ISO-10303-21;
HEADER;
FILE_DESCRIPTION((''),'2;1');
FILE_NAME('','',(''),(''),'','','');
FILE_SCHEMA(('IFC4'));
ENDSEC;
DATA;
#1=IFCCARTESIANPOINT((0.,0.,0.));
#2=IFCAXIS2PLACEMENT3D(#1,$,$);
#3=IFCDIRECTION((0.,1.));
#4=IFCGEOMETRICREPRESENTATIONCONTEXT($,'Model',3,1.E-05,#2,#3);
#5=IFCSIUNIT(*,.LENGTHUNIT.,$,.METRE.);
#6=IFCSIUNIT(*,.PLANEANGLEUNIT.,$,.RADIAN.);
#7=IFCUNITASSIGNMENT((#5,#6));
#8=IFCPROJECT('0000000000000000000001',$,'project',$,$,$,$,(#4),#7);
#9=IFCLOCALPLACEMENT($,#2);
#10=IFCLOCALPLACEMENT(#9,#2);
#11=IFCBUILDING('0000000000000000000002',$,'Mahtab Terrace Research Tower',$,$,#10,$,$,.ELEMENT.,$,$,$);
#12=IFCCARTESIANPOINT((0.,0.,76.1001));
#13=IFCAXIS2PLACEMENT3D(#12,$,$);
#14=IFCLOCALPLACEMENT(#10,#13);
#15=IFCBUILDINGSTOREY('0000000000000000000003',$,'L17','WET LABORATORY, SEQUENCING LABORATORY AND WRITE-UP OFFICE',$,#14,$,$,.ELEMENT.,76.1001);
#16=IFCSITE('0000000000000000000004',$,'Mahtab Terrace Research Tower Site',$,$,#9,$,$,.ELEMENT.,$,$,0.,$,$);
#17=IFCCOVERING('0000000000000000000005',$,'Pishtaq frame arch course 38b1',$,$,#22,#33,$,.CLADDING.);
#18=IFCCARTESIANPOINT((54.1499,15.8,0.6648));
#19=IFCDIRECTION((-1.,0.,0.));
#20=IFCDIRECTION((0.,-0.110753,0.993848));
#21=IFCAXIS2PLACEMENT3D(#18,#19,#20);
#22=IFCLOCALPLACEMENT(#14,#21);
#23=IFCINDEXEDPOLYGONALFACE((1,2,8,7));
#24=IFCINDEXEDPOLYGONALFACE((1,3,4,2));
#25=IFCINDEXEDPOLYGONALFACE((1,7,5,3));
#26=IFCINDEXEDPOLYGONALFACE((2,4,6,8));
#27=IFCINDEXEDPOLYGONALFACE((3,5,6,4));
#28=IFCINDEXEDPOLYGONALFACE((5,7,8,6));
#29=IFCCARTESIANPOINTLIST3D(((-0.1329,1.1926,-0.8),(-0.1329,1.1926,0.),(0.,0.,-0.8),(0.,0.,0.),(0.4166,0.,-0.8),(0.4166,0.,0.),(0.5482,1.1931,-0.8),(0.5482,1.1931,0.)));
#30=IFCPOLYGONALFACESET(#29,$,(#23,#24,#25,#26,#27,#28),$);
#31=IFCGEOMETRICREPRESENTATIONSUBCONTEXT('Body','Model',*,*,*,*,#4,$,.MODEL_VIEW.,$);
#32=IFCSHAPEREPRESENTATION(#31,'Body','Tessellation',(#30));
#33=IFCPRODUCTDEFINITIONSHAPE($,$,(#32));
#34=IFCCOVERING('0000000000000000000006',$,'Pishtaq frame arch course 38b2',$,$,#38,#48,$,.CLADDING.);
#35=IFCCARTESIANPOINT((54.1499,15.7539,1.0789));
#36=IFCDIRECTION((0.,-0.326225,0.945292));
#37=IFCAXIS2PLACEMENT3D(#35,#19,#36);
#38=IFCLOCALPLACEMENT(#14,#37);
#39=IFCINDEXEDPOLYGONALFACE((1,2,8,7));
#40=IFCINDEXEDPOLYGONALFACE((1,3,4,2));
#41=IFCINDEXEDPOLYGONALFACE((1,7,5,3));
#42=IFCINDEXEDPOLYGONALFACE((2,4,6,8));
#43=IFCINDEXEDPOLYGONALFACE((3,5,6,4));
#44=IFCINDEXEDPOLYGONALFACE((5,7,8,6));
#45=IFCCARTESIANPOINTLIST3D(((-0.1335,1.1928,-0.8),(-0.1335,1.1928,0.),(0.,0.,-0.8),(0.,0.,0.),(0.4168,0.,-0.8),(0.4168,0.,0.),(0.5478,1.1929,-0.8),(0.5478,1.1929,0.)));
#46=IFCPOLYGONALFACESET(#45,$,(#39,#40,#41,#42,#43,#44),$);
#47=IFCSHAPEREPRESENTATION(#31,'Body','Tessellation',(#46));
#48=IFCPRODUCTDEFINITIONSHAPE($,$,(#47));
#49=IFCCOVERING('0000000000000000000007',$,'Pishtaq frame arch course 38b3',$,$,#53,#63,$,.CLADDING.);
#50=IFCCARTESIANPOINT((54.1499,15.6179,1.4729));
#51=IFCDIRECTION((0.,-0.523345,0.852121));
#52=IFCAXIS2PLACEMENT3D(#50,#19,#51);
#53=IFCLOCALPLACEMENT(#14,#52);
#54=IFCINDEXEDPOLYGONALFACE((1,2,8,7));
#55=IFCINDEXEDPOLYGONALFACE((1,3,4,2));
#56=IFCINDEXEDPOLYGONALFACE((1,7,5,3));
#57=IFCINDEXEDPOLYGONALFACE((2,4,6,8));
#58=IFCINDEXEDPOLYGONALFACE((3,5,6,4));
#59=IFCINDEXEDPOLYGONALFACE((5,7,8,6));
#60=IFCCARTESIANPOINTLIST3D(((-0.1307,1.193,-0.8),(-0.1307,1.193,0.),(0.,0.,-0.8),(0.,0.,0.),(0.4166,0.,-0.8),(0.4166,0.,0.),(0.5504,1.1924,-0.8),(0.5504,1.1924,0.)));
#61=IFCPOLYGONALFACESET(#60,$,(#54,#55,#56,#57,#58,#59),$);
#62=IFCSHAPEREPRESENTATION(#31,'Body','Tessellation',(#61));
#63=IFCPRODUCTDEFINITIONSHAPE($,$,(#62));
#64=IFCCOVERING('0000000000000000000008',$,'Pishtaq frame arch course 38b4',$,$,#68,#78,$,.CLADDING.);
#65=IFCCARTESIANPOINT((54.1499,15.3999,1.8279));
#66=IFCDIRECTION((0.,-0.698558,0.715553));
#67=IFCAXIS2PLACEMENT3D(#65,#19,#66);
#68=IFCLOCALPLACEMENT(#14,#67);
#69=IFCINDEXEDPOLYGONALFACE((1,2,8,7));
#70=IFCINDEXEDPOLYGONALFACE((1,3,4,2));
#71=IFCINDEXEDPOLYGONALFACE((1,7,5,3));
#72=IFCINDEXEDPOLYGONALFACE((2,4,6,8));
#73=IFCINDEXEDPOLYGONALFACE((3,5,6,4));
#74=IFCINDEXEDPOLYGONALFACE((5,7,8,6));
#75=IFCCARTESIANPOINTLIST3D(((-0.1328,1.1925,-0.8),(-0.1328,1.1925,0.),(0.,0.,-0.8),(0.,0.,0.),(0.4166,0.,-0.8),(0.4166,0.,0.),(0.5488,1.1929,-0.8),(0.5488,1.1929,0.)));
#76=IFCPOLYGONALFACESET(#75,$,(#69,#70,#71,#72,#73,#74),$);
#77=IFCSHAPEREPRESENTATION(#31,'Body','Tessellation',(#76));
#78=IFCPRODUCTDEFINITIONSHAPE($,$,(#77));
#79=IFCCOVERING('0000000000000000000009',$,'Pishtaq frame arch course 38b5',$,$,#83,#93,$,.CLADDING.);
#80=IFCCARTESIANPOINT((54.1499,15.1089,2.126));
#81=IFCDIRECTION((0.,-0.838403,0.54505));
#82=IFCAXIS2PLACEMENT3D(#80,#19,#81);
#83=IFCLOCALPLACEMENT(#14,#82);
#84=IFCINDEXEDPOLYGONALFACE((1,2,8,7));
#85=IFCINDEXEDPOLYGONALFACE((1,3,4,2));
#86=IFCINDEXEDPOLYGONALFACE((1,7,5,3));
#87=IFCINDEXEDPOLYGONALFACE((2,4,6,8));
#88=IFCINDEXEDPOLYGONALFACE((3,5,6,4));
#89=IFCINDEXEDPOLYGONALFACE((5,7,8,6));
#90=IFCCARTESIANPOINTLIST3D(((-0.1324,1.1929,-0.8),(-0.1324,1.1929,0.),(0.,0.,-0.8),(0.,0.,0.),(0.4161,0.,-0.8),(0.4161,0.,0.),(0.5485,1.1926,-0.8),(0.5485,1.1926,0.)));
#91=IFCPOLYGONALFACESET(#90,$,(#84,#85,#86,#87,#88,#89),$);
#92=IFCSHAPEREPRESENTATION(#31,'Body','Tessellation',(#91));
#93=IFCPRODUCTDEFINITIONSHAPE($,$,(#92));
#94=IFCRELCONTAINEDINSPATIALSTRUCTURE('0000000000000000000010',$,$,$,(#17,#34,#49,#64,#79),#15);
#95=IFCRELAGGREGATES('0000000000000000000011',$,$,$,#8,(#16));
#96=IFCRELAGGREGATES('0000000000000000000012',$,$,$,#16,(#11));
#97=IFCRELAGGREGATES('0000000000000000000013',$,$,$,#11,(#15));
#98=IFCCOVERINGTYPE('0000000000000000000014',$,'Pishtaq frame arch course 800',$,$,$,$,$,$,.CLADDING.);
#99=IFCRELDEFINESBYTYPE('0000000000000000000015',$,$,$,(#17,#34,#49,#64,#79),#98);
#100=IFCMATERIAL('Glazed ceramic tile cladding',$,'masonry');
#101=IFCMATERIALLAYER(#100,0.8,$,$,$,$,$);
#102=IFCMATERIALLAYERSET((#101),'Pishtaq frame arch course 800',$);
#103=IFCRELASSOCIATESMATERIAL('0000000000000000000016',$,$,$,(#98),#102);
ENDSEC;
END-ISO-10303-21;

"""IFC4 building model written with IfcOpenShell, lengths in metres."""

from ifc_helpers import new_model, si_unit, direction, frame, origin, place, context, subcontext, project, spatial, polyline, outline, extrude, material, layer, layer_set, type_object, element, save


model = new_model("IFC4")

# Units and contexts
model_context = context("Model", 3, precision=1e-05, world=origin(), true_north=direction((0.0, 1.0)))
body_context = subcontext(model_context, "Body", "Model", "MODEL_VIEW")
ifc_project = project(units=[si_unit("LENGTHUNIT", "METRE"), si_unit("PLANEANGLEUNIT", "RADIAN")], contexts=[model_context])

# Site, building, storey
site_placement = place(None, origin())
site = spatial("IfcSite", under=ifc_project, at=site_placement, Name="Mahtab Terrace Research Tower Site", CompositionType="ELEMENT", RefElevation=0.0)
building_placement = place(site_placement, origin())
building = spatial("IfcBuilding", under=site, at=building_placement, Name="Mahtab Terrace Research Tower", CompositionType="ELEMENT")
storey_placement = place(building_placement, frame((0.0, 0.0, 76.1001)))
storey = spatial("IfcBuildingStorey", under=building, at=storey_placement, Name="L17", Description="WET LABORATORY, SEQUENCING LABORATORY AND WRITE-UP OFFICE", CompositionType="ELEMENT", Elevation=76.1001)

# Coverings
ifc_material_1 = material(Name="Glazed ceramic tile cladding", Category="masonry")
ifc_layer_1 = layer(ifc_material_1, 0.8)
ifc_layer_set_1 = layer_set([ifc_layer_1], Name="Pishtaq frame arch course 800")
covering_type_1 = type_object("IfcCoveringType", Name="Pishtaq frame arch course 800", PredefinedType="CLADDING", material=ifc_layer_set_1)
covering_1_placement = place(storey_placement, frame((54.1499, 15.8, 0.6648), z_axis=(-1.0, 0.0, 0.0), x_axis=(0.0, -0.110753, 0.993848)))
element("IfcCovering", 1, at=covering_1_placement, inside=storey, type_object=covering_type_1, Name="Pishtaq frame arch course 38b1", PredefinedType="CLADDING", context=body_context, shape_type="SweptSolid", body=[
    extrude(outline(polyline([(0.0, 0.0), (0.4166, 0.0), (0.5482, 1.1931), (-0.1329, 1.1926), (0.0, 0.0)])), origin(), (0.0, 0.0, -1.0), 0.8),
])
covering_2_placement = place(storey_placement, frame((54.1499, 15.7539, 1.0789), z_axis=(-1.0, 0.0, 0.0), x_axis=(0.0, -0.326225, 0.945292)))
element("IfcCovering", 2, at=covering_2_placement, inside=storey, type_object=covering_type_1, Name="Pishtaq frame arch course 38b2", PredefinedType="CLADDING", context=body_context, shape_type="SweptSolid", body=[
    extrude(outline(polyline([(0.0, 0.0), (0.4168, 0.0), (0.5478, 1.1929), (-0.1335, 1.1928), (0.0, 0.0)])), origin(), (0.0, 0.0, -1.0), 0.8),
])
covering_3_placement = place(storey_placement, frame((54.1499, 15.6179, 1.4729), z_axis=(-1.0, 0.0, 0.0), x_axis=(0.0, -0.523345, 0.852121)))
element("IfcCovering", 3, at=covering_3_placement, inside=storey, type_object=covering_type_1, Name="Pishtaq frame arch course 38b3", PredefinedType="CLADDING", context=body_context, shape_type="SweptSolid", body=[
    extrude(outline(polyline([(0.0, 0.0), (0.4166, 0.0), (0.5504, 1.1924), (-0.1307, 1.193), (0.0, 0.0)])), origin(), (0.0, 0.0, -1.0), 0.8),
])
covering_4_placement = place(storey_placement, frame((54.1499, 15.3999, 1.8279), z_axis=(-1.0, 0.0, 0.0), x_axis=(0.0, -0.698558, 0.715553)))
element("IfcCovering", 4, at=covering_4_placement, inside=storey, type_object=covering_type_1, Name="Pishtaq frame arch course 38b4", PredefinedType="CLADDING", context=body_context, shape_type="SweptSolid", body=[
    extrude(outline(polyline([(0.0, 0.0), (0.4166, 0.0), (0.5488, 1.1929), (-0.1328, 1.1925), (0.0, 0.0)])), origin(), (0.0, 0.0, -1.0), 0.8),
])
covering_5_placement = place(storey_placement, frame((54.1499, 15.1089, 2.126), z_axis=(-1.0, 0.0, 0.0), x_axis=(0.0, -0.838403, 0.54505)))
element("IfcCovering", 5, at=covering_5_placement, inside=storey, type_object=covering_type_1, Name="Pishtaq frame arch course 38b5", PredefinedType="CLADDING", context=body_context, shape_type="SweptSolid", body=[
    extrude(outline(polyline([(0.0, 0.0), (0.4161, 0.0), (0.5485, 1.1926), (-0.1324, 1.1929), (0.0, 0.0)])), origin(), (0.0, 0.0, -1.0), 0.8),
])

save(model, "model.ifc")
